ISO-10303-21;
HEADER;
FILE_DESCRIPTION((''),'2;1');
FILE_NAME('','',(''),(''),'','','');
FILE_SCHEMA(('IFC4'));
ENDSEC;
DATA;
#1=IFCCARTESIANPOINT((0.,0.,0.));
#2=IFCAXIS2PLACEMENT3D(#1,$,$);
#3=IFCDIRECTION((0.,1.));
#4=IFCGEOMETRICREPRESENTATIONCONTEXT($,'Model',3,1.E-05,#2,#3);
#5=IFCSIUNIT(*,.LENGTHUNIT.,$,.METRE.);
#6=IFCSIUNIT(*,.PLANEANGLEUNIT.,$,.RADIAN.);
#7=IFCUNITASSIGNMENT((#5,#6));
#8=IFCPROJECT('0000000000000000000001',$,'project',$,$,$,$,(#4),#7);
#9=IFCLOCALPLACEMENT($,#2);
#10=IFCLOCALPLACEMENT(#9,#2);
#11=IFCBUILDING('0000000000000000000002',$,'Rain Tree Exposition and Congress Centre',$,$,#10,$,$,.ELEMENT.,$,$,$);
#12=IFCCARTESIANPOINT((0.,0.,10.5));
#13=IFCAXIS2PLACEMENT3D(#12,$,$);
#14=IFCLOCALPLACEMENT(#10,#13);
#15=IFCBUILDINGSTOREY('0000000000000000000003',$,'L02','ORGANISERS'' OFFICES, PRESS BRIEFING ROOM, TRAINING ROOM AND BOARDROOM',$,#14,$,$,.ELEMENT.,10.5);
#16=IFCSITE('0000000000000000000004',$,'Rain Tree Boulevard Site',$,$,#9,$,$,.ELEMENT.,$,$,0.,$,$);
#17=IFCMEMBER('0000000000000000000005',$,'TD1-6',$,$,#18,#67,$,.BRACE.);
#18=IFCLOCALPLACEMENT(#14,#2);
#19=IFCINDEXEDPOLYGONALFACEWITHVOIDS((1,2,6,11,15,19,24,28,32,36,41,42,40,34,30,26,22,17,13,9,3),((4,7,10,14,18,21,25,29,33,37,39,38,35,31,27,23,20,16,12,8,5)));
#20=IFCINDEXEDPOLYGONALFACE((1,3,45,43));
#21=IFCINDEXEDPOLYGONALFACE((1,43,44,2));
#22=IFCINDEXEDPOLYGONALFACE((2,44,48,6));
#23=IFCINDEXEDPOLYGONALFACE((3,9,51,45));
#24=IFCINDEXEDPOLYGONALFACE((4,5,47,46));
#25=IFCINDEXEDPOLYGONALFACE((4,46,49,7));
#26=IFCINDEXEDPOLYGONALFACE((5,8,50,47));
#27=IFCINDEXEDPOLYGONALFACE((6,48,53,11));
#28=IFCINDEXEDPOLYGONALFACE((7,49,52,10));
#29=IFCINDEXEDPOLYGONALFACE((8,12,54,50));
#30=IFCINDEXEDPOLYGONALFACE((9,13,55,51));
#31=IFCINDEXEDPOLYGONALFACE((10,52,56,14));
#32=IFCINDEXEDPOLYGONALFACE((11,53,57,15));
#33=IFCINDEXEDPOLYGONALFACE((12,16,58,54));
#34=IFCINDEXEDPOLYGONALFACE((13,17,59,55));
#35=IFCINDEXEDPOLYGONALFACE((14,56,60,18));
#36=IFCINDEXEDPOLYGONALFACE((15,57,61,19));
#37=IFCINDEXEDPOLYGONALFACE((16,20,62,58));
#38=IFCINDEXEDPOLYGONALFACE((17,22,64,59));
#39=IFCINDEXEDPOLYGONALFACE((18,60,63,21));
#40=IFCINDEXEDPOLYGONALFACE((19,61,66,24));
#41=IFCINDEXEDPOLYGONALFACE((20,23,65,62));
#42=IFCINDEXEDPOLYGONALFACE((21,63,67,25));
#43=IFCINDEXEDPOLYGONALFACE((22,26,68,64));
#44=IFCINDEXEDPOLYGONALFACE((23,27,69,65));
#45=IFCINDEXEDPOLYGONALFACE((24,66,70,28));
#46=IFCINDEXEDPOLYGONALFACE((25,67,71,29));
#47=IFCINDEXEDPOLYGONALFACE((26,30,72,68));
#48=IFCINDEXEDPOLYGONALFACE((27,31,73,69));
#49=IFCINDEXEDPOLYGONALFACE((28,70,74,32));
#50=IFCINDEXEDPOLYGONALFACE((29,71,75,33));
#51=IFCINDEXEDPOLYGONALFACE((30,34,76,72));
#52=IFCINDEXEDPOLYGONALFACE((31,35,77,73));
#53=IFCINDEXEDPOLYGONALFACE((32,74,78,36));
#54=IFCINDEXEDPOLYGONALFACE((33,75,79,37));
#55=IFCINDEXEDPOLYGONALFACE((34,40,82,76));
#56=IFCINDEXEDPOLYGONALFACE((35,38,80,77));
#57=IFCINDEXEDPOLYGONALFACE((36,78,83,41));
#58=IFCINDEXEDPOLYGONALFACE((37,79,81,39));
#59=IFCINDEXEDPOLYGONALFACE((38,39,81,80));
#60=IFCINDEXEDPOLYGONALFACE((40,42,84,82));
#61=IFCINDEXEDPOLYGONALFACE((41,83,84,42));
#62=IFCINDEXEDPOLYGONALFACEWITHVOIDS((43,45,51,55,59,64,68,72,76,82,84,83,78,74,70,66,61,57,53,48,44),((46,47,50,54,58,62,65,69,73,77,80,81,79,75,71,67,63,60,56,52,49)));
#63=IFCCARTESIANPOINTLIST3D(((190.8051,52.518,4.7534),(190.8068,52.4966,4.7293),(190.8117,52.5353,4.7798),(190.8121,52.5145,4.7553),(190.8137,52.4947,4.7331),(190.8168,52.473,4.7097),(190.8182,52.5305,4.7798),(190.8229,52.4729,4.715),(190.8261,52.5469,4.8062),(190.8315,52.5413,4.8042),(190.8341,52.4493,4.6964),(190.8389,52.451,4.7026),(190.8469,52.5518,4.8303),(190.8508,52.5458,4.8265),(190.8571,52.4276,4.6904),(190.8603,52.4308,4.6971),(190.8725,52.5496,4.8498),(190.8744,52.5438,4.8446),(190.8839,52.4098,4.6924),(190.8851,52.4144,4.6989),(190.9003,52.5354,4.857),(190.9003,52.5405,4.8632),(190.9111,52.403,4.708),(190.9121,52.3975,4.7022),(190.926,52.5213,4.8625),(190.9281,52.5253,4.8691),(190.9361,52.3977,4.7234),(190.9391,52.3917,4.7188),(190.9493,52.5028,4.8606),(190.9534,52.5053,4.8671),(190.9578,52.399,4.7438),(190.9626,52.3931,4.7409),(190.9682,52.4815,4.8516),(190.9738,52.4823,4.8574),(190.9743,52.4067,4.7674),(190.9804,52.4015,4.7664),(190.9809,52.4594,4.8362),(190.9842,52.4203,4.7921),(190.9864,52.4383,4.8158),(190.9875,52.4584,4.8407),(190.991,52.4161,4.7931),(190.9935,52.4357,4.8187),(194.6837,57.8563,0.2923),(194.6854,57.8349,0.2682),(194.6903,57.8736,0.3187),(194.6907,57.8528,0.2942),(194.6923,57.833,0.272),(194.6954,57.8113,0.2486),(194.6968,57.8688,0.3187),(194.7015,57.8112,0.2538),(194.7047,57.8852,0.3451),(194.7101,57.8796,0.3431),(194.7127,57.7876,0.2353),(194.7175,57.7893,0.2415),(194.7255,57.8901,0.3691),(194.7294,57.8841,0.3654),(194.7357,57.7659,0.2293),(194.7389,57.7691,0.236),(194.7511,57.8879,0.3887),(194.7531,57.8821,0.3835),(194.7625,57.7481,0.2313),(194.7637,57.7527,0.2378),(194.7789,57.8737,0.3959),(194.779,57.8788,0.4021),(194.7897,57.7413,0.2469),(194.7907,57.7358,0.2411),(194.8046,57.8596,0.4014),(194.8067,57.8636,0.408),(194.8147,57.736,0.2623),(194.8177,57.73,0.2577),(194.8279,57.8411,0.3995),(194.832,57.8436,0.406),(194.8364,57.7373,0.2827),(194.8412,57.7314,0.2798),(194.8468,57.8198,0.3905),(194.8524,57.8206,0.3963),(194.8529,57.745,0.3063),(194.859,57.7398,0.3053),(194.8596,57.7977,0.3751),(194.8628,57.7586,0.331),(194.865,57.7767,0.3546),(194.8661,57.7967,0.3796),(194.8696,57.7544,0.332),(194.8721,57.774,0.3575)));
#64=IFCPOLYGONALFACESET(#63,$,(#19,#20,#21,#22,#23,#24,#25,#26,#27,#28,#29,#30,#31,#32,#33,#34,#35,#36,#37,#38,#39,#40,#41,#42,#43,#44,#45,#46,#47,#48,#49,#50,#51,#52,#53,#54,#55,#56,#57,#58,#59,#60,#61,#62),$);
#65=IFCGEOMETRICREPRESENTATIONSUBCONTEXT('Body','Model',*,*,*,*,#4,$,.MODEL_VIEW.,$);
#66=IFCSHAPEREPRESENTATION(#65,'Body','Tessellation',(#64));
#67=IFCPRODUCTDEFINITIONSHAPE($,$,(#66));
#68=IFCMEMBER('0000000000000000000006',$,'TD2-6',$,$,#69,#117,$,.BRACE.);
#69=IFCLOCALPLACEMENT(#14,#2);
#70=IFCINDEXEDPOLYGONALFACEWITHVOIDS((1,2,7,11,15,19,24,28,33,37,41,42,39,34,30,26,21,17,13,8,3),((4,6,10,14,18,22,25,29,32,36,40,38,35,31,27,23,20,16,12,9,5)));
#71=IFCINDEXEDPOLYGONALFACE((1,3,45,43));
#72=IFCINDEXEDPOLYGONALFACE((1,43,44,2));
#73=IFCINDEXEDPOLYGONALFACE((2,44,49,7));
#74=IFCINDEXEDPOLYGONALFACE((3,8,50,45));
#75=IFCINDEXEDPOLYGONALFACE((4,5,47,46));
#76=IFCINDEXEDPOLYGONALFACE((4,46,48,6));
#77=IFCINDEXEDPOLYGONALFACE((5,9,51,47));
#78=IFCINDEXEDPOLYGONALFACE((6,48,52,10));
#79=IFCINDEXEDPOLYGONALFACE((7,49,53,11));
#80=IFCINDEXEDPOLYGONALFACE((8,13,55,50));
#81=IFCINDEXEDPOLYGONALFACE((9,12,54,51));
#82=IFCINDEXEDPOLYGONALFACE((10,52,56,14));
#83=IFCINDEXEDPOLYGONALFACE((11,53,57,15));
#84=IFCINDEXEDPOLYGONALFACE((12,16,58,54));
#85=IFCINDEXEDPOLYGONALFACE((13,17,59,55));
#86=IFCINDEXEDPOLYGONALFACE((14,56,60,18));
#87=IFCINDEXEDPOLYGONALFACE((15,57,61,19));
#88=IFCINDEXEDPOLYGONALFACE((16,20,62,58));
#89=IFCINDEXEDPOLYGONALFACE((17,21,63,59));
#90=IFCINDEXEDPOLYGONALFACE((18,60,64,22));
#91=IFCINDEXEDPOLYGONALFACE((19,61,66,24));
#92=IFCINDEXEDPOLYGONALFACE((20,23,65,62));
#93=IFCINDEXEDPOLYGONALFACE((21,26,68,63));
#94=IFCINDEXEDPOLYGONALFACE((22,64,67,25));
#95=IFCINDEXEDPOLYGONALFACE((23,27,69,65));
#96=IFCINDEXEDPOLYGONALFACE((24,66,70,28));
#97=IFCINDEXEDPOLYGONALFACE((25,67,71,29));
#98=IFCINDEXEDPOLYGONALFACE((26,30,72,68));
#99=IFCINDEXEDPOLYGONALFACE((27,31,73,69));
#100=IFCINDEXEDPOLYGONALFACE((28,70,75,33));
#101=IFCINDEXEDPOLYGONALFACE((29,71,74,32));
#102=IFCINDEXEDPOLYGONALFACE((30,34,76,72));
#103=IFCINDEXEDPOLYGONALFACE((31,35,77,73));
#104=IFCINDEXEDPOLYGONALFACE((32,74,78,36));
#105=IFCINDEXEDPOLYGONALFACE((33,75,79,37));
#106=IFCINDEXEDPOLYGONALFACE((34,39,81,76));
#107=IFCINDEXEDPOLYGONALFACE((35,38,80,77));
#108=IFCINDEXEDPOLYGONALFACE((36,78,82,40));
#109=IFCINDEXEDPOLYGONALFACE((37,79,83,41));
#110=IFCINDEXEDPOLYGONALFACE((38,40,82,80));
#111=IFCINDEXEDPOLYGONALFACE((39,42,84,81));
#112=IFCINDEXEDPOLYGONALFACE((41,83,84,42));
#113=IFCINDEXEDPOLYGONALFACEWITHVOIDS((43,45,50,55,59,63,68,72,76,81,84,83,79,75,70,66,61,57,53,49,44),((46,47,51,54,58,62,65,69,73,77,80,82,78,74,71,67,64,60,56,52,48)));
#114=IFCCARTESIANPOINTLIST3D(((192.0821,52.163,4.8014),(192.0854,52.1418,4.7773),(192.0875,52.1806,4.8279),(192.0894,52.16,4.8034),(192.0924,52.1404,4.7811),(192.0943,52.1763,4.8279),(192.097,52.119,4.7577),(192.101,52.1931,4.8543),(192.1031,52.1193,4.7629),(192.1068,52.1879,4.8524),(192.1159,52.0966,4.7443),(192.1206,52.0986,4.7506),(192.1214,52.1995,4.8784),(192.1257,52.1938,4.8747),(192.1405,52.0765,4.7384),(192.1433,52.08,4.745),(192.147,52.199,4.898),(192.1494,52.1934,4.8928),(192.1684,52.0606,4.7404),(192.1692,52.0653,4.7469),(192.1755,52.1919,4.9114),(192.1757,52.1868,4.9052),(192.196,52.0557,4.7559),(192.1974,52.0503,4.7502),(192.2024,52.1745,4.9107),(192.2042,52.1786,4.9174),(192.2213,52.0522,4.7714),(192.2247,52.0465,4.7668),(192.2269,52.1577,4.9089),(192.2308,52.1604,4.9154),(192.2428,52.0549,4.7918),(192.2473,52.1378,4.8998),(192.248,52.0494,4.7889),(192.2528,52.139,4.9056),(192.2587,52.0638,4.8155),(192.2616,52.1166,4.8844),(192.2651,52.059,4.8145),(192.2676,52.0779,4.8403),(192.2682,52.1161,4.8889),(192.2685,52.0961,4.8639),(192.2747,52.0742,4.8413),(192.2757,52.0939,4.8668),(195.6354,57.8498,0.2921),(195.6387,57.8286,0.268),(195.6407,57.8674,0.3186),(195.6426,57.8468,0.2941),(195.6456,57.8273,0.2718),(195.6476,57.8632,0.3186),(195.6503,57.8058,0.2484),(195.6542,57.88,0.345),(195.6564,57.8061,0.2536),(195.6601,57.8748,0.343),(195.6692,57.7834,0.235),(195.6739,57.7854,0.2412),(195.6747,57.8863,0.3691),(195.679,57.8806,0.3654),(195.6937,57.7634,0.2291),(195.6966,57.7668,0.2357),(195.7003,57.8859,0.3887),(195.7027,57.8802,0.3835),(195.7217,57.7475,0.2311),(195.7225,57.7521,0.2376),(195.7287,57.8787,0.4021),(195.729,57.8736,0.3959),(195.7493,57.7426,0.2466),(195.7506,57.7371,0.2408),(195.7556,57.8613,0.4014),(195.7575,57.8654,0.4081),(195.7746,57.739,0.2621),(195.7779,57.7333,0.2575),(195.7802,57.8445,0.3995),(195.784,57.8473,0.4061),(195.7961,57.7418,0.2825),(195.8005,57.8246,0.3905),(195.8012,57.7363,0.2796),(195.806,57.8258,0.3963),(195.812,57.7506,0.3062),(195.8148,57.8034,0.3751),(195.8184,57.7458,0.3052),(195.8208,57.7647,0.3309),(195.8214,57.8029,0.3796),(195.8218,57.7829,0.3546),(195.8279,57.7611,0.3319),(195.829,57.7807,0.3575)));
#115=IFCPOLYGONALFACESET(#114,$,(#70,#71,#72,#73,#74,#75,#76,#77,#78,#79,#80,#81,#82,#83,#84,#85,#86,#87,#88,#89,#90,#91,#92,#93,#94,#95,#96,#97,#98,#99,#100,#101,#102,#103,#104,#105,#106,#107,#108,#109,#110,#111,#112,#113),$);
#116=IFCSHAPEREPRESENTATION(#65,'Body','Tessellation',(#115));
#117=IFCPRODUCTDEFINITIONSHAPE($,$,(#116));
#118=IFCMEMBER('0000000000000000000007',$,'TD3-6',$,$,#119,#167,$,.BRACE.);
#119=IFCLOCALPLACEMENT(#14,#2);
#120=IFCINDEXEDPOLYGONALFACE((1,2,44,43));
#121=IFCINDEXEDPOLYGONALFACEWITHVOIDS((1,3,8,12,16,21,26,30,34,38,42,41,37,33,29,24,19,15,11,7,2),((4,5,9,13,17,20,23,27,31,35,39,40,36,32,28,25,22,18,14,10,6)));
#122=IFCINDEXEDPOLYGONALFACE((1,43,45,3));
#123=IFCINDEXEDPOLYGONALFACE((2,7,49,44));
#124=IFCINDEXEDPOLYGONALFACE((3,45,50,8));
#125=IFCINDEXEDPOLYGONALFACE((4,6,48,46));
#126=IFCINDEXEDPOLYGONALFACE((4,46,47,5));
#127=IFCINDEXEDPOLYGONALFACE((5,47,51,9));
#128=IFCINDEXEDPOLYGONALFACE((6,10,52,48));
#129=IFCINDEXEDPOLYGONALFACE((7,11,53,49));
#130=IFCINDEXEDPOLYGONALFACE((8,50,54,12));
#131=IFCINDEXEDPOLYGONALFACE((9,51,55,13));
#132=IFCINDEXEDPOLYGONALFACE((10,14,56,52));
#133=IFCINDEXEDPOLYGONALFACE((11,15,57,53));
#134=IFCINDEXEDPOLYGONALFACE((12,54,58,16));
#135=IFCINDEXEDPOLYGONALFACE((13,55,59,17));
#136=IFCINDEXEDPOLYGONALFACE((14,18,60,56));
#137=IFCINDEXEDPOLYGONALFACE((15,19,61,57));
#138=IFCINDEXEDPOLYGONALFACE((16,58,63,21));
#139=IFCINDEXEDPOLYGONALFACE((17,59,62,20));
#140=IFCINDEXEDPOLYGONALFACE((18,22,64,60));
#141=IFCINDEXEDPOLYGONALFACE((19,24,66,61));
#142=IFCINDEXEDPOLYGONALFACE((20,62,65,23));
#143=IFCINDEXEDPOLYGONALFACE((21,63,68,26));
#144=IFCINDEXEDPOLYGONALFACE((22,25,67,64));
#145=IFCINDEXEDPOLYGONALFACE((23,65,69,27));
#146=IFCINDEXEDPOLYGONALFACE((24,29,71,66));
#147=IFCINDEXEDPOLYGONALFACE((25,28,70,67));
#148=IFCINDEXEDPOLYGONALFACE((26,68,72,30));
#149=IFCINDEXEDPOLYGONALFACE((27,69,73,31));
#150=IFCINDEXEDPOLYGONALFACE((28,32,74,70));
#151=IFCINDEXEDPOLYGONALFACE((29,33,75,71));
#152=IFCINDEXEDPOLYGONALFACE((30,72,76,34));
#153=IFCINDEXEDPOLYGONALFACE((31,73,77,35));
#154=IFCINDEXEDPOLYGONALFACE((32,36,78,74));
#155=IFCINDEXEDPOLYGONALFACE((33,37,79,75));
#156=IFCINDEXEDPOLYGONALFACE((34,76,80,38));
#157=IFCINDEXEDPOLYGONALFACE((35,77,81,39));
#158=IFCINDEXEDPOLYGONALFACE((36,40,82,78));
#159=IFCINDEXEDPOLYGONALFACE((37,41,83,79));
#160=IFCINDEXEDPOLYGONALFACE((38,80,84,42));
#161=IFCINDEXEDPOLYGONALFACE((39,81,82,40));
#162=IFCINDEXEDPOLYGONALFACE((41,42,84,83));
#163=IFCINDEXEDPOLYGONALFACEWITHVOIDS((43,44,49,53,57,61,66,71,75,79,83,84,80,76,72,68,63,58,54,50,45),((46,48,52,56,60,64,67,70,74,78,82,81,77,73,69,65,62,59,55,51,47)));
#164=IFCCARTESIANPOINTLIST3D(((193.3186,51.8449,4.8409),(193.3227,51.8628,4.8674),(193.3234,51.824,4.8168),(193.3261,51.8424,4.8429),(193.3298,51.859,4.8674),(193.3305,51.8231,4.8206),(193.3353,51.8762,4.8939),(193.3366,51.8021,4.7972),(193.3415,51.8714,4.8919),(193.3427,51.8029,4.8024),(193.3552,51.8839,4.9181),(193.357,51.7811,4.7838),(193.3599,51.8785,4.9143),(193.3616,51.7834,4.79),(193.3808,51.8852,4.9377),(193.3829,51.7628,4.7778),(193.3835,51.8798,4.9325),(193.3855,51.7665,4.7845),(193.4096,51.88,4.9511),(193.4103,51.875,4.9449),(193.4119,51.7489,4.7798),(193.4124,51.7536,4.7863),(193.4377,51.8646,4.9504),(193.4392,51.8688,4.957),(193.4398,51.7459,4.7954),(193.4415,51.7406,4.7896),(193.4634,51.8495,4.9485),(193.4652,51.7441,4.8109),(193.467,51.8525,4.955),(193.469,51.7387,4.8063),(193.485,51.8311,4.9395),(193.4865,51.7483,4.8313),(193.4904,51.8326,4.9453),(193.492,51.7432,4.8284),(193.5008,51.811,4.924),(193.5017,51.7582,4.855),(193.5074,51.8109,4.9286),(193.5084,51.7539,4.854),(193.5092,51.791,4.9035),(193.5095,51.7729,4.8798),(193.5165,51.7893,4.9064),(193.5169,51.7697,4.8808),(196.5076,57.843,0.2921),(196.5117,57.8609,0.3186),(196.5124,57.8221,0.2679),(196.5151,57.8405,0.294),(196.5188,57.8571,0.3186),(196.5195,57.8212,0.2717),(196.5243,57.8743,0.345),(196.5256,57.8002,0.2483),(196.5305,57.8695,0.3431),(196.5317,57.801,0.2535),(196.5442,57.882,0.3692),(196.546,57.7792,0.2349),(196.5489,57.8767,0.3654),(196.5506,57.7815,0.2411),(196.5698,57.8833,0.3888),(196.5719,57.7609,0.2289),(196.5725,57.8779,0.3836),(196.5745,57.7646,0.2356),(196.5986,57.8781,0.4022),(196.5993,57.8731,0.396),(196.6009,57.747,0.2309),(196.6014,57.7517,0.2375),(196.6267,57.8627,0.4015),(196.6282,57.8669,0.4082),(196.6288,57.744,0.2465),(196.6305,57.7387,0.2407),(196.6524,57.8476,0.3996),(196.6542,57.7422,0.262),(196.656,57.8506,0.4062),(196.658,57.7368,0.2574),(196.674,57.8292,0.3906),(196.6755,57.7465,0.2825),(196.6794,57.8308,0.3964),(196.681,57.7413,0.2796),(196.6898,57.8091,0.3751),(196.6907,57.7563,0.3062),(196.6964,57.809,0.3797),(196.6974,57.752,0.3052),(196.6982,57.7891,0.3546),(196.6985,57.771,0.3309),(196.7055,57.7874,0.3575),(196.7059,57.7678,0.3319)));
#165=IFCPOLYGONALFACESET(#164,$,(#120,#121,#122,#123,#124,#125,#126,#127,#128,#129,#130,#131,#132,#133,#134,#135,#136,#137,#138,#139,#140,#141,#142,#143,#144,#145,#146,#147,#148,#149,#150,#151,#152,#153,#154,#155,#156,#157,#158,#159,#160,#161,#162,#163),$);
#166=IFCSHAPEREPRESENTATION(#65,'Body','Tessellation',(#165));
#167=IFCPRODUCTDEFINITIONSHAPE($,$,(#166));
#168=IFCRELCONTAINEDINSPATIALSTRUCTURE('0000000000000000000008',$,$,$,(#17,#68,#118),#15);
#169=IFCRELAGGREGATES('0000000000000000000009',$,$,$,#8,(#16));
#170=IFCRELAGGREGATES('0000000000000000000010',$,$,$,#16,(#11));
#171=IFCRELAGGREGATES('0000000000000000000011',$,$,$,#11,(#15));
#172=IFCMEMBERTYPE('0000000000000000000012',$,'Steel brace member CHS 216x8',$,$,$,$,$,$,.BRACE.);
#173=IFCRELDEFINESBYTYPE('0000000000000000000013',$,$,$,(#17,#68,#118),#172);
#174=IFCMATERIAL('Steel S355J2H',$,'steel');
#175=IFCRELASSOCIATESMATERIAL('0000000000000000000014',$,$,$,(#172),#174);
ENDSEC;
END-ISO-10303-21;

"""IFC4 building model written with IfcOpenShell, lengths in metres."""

from ifc_helpers import new_model, si_unit, direction, frame, origin, origin_2d, place, context, subcontext, project, spatial, hollow_circle, extrude, material, material_profile, profile_set, type_object, element, save


model = new_model("IFC4")

# Units and contexts
model_context = context("Model", 3, precision=1e-05, world=origin(), true_north=direction((0.0, 1.0)))
body_context = subcontext(model_context, "Body", "Model", "MODEL_VIEW")
ifc_project = project(units=[si_unit("LENGTHUNIT", "METRE"), si_unit("PLANEANGLEUNIT", "RADIAN")], contexts=[model_context])

# Site, building, storey
site_placement = place(None, origin())
site = spatial("IfcSite", under=ifc_project, at=site_placement, Name="Rain Tree Boulevard Site", CompositionType="ELEMENT", RefElevation=0.0)
building_placement = place(site_placement, origin())
building = spatial("IfcBuilding", under=site, at=building_placement, Name="Rain Tree Exposition and Congress Centre", CompositionType="ELEMENT")
storey_placement = place(building_placement, frame((0.0, 0.0, 10.5)))
storey = spatial("IfcBuildingStorey", under=building, at=storey_placement, Name="L02", Description="ORGANISERS' OFFICES, PRESS BRIEFING ROOM, TRAINING ROOM AND BOARDROOM", CompositionType="ELEMENT", Elevation=10.5)

# Members
ifc_material_1 = material(Name="Steel S355J2H", Category="steel")
ifc_material_profile_1 = material_profile(ifc_material_1, hollow_circle(Radius=0.1082, WallThickness=0.0081, at=origin_2d()), Name="CHS 216x8")
ifc_profile_set_1 = profile_set([ifc_material_profile_1], Name="Steel S355J2H")
member_type_1 = type_object("IfcMemberType", Name="Steel brace member CHS 216x8", PredefinedType="BRACE", material=ifc_profile_set_1)
member_1_placement = place(storey_placement, frame((190.8992, 52.4717, 4.7798), z_axis=(0.486951, 0.670213, -0.560084), x_axis=(-0.80901, 0.587795, 0.0)))
element("IfcMember", 1, at=member_1_placement, inside=storey, type_object=member_type_1, Name="TD1-6", PredefinedType="BRACE", context=body_context, shape_type="SweptSolid", body=[
    extrude(hollow_circle(Radius=0.1082, WallThickness=0.0081, at=origin_2d()), origin(), (0.0, 0.0, 1.0), 7.9651),
])
member_2_placement = place(storey_placement, frame((192.1792, 52.1233, 4.8279), z_axis=(0.439715, 0.703744, -0.558028), x_axis=(-0.848066, 0.529891, 0.0)))
element("IfcMember", 2, at=member_2_placement, inside=storey, type_object=member_type_1, Name="TD2-6", PredefinedType="BRACE", context=body_context, shape_type="SweptSolid", body=[
    extrude(hollow_circle(Radius=0.1082, WallThickness=0.0081, at=origin_2d()), origin(), (0.0, 0.0, 1.0), 8.0808),
])
member_3_placement = place(storey_placement, frame((193.4182, 51.812, 4.8674), z_axis=(0.390066, 0.733666, -0.556401), x_axis=(-0.882963, 0.469442, 0.0)))
element("IfcMember", 3, at=member_3_placement, inside=storey, type_object=member_type_1, Name="TD3-6", PredefinedType="BRACE", context=body_context, shape_type="SweptSolid", body=[
    extrude(hollow_circle(Radius=0.1082, WallThickness=0.0081, at=origin_2d()), origin(), (0.0, 0.0, 1.0), 8.1755),
])

save(model, "model.ifc")
